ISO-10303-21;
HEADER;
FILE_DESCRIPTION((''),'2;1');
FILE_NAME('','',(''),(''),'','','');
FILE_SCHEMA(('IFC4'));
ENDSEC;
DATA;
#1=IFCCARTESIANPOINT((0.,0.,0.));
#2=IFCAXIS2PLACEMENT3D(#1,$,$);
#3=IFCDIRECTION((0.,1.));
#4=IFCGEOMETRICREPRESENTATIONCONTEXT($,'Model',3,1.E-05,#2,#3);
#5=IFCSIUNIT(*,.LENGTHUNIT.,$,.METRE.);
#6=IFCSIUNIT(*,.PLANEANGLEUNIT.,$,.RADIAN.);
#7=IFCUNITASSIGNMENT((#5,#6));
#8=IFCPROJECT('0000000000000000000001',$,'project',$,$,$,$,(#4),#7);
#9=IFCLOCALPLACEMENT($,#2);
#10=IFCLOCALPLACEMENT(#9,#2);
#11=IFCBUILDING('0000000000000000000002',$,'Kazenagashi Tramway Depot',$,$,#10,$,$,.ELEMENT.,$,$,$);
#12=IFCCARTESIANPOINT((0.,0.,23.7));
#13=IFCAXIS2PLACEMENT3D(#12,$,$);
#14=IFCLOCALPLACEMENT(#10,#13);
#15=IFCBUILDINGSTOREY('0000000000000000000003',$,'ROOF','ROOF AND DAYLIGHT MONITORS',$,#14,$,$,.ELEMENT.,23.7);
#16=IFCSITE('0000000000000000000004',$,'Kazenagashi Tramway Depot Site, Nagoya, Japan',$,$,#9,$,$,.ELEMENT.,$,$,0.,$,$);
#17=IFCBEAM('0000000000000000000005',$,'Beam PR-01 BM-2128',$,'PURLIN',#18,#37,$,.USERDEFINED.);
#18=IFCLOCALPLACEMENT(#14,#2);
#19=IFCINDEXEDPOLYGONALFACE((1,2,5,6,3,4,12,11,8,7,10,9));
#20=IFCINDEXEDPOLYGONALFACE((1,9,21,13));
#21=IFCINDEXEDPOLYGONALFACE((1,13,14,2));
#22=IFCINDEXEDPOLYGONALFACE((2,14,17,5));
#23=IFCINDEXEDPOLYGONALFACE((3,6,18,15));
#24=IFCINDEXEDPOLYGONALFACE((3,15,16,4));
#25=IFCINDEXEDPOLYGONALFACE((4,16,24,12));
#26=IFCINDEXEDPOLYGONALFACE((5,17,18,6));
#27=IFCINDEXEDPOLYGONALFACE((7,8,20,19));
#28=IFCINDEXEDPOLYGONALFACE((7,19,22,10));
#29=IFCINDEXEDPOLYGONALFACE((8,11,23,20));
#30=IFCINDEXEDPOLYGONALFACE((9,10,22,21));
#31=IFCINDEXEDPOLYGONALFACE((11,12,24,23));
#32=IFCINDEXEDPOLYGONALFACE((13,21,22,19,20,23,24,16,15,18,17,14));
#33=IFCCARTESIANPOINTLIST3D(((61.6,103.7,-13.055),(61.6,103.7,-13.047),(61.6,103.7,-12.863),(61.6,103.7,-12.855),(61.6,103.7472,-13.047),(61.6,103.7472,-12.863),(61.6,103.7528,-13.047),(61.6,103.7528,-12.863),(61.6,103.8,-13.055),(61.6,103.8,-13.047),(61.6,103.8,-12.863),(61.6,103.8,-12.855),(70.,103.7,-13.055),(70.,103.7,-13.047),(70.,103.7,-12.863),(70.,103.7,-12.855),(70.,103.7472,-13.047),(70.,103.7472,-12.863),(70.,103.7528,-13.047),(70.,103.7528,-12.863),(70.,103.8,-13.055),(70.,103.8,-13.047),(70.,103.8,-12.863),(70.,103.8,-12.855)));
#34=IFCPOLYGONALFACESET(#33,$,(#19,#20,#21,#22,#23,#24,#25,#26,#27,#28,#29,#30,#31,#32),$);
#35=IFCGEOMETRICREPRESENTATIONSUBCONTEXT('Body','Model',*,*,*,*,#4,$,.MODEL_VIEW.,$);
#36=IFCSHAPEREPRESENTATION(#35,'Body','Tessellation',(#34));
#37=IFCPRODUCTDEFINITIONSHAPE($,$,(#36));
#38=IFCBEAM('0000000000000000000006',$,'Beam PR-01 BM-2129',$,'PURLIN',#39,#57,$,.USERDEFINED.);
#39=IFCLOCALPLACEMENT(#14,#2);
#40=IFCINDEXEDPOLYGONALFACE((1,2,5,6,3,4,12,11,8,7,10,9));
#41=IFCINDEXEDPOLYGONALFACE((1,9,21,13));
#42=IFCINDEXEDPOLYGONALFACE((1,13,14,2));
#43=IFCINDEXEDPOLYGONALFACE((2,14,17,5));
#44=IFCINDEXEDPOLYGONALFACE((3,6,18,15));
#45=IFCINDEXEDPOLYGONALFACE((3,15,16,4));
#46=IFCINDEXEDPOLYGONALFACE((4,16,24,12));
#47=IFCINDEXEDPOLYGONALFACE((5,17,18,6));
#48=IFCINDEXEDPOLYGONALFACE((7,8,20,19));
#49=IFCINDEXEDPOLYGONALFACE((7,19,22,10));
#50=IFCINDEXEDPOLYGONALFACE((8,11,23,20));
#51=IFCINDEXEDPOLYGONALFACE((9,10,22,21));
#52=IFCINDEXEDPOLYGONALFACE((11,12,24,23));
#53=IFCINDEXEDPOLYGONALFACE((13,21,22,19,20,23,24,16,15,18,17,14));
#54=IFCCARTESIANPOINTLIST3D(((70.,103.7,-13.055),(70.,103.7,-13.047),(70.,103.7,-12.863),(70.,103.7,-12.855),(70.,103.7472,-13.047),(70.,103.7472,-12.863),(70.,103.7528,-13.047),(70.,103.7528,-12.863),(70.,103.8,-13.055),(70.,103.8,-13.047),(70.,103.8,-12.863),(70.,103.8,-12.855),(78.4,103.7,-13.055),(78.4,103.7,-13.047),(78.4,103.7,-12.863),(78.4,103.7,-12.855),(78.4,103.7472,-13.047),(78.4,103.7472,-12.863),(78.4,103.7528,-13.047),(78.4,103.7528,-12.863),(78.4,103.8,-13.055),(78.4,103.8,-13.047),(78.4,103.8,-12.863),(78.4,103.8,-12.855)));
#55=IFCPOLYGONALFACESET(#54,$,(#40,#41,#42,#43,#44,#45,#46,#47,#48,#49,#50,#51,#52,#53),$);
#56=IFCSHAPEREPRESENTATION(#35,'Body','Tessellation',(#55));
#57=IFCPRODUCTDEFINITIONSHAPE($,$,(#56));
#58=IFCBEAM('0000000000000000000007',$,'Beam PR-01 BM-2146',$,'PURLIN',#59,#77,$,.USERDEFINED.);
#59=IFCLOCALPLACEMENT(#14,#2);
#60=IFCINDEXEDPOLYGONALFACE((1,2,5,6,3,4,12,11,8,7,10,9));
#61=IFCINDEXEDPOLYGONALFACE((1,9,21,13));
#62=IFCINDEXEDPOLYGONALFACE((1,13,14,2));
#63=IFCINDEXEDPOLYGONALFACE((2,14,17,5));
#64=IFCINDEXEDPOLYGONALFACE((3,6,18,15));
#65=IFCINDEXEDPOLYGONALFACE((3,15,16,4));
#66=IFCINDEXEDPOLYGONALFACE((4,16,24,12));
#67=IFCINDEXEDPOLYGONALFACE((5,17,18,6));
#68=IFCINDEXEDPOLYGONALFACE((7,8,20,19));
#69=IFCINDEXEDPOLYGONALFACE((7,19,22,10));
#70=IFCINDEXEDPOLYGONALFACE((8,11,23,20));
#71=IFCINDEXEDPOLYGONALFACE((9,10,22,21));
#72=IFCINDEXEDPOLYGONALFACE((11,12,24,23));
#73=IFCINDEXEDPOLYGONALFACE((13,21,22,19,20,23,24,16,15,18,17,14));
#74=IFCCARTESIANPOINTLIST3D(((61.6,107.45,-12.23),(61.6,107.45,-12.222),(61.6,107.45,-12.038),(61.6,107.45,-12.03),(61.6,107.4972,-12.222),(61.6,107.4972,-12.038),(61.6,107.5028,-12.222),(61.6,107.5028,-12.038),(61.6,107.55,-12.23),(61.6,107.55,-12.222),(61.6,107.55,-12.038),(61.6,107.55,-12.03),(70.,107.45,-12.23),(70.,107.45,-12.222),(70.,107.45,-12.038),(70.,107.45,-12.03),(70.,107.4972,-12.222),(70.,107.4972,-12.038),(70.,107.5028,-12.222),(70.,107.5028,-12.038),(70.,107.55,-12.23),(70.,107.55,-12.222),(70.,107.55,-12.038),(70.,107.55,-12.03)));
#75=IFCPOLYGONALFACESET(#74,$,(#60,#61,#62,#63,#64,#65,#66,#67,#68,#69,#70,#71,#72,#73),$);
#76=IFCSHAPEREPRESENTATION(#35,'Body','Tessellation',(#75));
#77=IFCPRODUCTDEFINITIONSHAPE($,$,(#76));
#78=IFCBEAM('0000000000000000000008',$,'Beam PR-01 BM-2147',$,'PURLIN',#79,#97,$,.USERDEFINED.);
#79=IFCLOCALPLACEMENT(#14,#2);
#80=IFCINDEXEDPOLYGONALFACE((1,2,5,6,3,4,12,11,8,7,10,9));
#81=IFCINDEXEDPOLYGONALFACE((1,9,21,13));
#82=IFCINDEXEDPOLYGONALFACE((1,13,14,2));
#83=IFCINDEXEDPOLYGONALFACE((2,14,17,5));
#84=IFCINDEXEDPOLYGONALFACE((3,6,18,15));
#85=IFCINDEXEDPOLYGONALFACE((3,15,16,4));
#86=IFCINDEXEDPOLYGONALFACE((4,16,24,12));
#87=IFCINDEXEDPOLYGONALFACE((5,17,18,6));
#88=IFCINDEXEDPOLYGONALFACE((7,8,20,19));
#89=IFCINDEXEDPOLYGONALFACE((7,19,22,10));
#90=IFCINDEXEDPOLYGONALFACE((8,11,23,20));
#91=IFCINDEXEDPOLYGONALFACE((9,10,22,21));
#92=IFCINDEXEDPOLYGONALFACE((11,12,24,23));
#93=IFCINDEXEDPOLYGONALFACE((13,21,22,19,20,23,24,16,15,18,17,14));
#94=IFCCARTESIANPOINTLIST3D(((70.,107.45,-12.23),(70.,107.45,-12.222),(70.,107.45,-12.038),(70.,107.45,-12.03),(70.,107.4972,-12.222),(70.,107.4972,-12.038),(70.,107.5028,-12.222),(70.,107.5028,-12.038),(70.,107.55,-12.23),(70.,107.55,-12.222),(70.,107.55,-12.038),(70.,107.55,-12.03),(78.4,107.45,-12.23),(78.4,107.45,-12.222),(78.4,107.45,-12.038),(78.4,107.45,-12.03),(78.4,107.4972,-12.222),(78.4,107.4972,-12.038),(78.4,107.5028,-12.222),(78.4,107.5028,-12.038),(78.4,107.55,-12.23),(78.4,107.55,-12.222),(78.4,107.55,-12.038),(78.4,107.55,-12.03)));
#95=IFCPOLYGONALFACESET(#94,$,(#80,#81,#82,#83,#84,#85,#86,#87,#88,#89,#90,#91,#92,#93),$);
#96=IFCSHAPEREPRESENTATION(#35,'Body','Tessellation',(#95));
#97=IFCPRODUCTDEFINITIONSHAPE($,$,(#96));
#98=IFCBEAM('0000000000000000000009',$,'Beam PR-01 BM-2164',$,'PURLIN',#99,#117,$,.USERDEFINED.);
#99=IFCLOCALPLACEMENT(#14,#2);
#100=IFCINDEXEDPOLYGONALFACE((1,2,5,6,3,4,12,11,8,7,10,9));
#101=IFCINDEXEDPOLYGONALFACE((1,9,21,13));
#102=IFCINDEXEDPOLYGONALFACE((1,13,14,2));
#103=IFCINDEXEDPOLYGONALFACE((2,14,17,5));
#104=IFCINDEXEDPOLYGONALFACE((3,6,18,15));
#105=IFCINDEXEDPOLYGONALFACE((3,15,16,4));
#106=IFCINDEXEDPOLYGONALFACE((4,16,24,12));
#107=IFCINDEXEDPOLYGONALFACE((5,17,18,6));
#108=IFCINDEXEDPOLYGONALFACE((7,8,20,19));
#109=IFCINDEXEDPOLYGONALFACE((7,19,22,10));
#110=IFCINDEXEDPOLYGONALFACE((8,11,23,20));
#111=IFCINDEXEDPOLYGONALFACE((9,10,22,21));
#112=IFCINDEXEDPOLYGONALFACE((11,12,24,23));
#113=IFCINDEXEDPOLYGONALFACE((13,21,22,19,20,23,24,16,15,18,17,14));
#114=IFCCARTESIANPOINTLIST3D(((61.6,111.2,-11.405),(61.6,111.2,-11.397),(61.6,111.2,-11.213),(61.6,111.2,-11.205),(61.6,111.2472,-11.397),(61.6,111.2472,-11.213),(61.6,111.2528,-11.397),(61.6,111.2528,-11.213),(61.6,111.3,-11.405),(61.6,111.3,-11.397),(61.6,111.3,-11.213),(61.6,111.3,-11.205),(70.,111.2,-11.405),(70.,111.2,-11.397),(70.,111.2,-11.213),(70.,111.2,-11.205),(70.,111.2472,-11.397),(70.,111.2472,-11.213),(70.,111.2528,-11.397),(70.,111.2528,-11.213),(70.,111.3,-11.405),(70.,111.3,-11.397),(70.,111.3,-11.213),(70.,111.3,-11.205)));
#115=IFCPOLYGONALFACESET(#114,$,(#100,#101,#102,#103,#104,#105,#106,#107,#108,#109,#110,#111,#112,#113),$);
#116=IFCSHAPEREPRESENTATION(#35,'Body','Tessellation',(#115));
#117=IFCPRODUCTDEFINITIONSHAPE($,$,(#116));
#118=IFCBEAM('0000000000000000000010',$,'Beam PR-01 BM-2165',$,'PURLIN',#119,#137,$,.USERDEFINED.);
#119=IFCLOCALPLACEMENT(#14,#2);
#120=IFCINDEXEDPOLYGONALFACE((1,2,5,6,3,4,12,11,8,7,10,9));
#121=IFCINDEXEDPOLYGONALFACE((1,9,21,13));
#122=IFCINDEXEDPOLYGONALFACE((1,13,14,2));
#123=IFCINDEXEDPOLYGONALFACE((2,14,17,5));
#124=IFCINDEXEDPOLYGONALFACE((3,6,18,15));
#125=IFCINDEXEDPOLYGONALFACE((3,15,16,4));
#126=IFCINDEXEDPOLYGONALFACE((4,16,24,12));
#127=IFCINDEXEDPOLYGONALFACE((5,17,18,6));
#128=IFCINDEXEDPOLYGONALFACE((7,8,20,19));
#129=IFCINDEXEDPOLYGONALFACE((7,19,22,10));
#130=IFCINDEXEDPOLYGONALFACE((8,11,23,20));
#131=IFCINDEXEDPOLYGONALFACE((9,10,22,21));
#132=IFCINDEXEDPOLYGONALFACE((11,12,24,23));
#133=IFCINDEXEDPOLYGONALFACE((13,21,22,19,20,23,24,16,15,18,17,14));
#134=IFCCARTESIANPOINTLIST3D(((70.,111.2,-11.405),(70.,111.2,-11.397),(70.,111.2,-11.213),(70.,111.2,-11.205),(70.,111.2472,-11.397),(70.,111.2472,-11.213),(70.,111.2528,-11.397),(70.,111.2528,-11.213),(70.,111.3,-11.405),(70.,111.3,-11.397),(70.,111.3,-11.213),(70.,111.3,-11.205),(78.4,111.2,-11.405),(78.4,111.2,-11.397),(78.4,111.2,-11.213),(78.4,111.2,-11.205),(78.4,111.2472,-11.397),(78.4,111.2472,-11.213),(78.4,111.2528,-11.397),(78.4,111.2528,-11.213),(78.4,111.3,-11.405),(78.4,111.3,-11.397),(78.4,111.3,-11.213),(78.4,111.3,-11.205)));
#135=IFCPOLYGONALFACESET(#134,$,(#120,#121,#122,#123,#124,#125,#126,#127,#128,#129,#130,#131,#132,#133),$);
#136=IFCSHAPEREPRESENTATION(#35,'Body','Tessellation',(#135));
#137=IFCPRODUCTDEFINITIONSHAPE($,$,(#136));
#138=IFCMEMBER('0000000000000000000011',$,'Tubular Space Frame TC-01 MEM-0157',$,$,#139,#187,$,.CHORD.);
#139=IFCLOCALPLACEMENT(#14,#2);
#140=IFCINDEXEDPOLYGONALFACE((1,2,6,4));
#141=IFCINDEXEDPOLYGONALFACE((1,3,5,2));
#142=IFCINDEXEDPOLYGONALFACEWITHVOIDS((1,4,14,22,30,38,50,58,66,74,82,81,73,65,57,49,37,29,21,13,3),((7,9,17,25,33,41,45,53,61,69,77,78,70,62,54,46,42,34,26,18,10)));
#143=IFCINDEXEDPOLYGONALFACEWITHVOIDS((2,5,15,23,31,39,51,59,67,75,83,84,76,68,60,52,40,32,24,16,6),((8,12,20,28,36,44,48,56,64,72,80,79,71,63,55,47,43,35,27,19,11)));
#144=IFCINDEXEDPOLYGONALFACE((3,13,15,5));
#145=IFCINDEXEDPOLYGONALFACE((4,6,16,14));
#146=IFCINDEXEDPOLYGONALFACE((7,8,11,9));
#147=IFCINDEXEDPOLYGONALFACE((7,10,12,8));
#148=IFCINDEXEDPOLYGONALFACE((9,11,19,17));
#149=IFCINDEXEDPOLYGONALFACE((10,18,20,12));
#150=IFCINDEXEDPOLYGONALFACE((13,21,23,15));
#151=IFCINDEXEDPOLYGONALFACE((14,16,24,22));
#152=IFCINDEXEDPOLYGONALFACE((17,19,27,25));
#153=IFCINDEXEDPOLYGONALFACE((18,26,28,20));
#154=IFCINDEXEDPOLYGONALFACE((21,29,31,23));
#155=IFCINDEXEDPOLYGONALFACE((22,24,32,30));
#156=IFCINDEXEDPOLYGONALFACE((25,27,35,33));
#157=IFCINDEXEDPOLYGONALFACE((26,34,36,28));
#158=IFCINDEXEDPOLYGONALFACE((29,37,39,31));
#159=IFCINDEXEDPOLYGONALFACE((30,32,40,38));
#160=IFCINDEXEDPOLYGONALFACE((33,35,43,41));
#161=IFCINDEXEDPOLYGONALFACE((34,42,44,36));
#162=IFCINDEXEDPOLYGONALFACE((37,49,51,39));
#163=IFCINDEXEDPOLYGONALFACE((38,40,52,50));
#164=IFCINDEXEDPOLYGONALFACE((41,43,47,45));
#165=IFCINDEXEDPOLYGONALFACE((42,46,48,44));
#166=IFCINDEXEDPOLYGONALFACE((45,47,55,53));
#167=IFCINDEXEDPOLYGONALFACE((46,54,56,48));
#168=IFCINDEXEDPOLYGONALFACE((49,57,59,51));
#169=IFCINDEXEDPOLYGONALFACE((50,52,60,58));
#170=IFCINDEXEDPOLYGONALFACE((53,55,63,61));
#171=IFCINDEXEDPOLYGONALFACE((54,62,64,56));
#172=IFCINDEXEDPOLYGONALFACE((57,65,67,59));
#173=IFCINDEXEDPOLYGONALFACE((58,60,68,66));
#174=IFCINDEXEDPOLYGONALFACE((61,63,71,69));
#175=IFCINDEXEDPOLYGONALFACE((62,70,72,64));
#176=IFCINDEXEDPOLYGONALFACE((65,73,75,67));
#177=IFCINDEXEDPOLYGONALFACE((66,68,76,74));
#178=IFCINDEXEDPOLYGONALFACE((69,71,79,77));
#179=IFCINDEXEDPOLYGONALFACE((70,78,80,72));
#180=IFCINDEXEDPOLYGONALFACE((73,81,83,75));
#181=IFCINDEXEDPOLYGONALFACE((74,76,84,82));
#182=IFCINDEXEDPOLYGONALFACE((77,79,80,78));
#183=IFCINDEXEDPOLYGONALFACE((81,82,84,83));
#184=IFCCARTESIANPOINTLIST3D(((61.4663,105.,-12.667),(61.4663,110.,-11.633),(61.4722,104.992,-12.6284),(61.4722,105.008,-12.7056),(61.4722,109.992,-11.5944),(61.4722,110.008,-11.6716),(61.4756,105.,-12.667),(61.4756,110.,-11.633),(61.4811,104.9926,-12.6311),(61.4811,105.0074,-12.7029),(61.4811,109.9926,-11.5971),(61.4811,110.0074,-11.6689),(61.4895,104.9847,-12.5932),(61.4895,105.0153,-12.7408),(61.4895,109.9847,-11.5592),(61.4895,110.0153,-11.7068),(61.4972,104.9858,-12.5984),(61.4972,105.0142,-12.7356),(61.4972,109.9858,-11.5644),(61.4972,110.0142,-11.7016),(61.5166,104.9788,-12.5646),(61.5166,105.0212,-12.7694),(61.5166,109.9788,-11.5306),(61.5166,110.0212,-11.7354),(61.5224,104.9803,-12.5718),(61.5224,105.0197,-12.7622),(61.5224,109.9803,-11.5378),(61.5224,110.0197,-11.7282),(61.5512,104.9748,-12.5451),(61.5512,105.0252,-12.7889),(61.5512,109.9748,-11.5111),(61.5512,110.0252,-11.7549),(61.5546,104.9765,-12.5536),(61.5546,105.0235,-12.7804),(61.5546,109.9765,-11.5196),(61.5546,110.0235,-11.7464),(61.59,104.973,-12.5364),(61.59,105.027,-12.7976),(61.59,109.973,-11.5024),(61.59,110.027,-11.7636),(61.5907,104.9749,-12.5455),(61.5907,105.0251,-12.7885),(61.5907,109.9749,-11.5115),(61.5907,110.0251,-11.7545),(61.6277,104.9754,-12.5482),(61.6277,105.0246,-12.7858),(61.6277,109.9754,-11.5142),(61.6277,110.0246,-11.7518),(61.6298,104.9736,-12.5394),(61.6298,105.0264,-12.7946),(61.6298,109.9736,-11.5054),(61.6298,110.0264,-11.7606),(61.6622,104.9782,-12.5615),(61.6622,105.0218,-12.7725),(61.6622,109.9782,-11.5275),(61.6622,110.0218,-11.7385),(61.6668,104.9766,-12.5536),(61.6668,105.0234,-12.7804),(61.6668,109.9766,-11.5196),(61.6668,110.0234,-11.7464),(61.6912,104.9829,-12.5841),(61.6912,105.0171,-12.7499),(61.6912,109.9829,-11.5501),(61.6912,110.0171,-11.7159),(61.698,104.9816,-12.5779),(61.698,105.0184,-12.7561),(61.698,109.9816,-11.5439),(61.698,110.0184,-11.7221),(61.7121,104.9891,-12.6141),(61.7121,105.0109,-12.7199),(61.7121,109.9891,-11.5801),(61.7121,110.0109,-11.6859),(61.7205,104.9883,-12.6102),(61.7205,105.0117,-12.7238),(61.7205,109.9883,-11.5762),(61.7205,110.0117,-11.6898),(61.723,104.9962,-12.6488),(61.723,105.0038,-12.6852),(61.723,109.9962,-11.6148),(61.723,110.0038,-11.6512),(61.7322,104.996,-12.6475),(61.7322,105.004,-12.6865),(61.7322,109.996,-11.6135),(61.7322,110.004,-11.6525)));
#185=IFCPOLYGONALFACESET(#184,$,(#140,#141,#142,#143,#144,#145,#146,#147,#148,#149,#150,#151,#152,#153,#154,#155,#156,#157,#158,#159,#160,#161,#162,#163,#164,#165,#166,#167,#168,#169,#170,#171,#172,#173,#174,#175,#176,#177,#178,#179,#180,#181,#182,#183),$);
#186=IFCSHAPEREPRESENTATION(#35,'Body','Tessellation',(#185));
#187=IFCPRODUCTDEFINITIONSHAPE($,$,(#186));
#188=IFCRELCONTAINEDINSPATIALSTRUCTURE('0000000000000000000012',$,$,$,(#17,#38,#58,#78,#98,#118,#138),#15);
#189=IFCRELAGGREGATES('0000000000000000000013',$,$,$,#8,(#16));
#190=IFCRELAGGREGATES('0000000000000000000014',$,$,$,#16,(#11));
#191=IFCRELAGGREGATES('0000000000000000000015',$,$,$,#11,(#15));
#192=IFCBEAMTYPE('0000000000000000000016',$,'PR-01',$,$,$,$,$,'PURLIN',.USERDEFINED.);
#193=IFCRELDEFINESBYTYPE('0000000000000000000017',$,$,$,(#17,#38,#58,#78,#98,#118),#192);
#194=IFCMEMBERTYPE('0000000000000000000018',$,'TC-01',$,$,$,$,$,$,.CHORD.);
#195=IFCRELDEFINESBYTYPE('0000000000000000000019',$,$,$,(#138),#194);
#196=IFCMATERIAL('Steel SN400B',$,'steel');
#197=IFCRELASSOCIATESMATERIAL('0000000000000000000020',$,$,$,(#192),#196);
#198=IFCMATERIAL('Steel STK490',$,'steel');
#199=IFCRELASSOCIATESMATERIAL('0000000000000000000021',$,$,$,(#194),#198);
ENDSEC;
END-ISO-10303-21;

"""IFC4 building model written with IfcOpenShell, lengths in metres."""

from ifc_helpers import new_model, si_unit, direction, frame, origin, origin_2d, place, context, subcontext, project, spatial, hollow_circle, i_section, extrude, material, material_profile, profile_set, type_object, element, save


model = new_model("IFC4")

# Units and contexts
model_context = context("Model", 3, precision=1e-05, world=origin(), true_north=direction((0.0, 1.0)))
body_context = subcontext(model_context, "Body", "Model", "MODEL_VIEW")
ifc_project = project(units=[si_unit("LENGTHUNIT", "METRE"), si_unit("PLANEANGLEUNIT", "RADIAN")], contexts=[model_context])

# Site, building, storey
site_placement = place(None, origin())
site = spatial("IfcSite", under=ifc_project, at=site_placement, Name="Kazenagashi Tramway Depot Site, Nagoya, Japan", CompositionType="ELEMENT", RefElevation=0.0)
building_placement = place(site_placement, origin())
building = spatial("IfcBuilding", under=site, at=building_placement, Name="Kazenagashi Tramway Depot", CompositionType="ELEMENT")
storey_placement = place(building_placement, frame((0.0, 0.0, 23.7)))
storey = spatial("IfcBuildingStorey", under=building, at=storey_placement, Name="ROOF", Description="ROOF AND DAYLIGHT MONITORS", CompositionType="ELEMENT", Elevation=23.7)

# Beams
ifc_material_1 = material(Name="Steel SN400B", Category="steel")
ifc_material_profile_1 = material_profile(ifc_material_1, i_section(OverallWidth=0.1, OverallDepth=0.2, WebThickness=0.0055, FlangeThickness=0.008, at=origin_2d()), Name="H-200x100x5.5x8")
ifc_profile_set_1 = profile_set([ifc_material_profile_1], Name="Steel SN400B")
beam_type = type_object("IfcBeamType", Name="PR-01", ElementType="PURLIN", PredefinedType="USERDEFINED", material=ifc_profile_set_1)
for number, where, z_axis, x_axis, name in (
    (1, (61.6, 103.75, -12.955), (1.0, 0.0, 0.0), (0.0, 1.0, 0.0), "Beam PR-01 BM-2128"),
    (2, (70.0, 103.75, -12.955), (1.0, 0.0, 0.0), (0.0, 1.0, 0.0), "Beam PR-01 BM-2129"),
    (3, (61.6, 107.5, -12.13), (1.0, 0.0, 0.0), (0.0, 1.0, 0.0), "Beam PR-01 BM-2146"),
    (4, (70.0, 107.5, -12.13), (1.0, 0.0, 0.0), (0.0, 1.0, 0.0), "Beam PR-01 BM-2147"),
    (5, (61.6, 111.25, -11.305), (1.0, 0.0, 0.0), (0.0, 1.0, 0.0), "Beam PR-01 BM-2164"),
    (6, (70.0, 111.25, -11.305), (1.0, 0.0, 0.0), (0.0, 1.0, 0.0), "Beam PR-01 BM-2165"),
):
    element("IfcBeam", number, at=place(storey_placement, frame(where, z_axis=z_axis, x_axis=x_axis)), inside=storey, type_object=beam_type, Name=name, ObjectType="PURLIN", PredefinedType="USERDEFINED", context=body_context, shape_type="SweptSolid", body=[
        extrude(i_section(OverallWidth=0.1, OverallDepth=0.2, WebThickness=0.0055, FlangeThickness=0.008, at=origin_2d()), origin(), (0.0, 0.0, 1.0), 8.4),
    ])

# Member
ifc_material_2 = material(Name="Steel STK490", Category="steel")
ifc_material_profile_2 = material_profile(ifc_material_2, hollow_circle(Radius=0.1337, WallThickness=0.0093, at=origin_2d()), Name="CHS-267.4x9.3")
ifc_profile_set_2 = profile_set([ifc_material_profile_2], Name="Steel STK490")
member_type_1 = type_object("IfcMemberType", Name="TC-01", PredefinedType="CHORD", material=ifc_profile_set_2)
member_1_placement = place(storey_placement, frame((61.6, 105.0, -12.667), z_axis=(0.0, 0.979279, 0.202515), x_axis=(-1.0, 0.0, 0.0)))
element("IfcMember", 7, at=member_1_placement, inside=storey, type_object=member_type_1, Name="Tubular Space Frame TC-01 MEM-0157", PredefinedType="CHORD", context=body_context, shape_type="SweptSolid", body=[
    extrude(hollow_circle(Radius=0.1337, WallThickness=0.0093, at=origin_2d()), origin(), (0.0, 0.0, 1.0), 5.1058),
])

save(model, "model.ifc")
